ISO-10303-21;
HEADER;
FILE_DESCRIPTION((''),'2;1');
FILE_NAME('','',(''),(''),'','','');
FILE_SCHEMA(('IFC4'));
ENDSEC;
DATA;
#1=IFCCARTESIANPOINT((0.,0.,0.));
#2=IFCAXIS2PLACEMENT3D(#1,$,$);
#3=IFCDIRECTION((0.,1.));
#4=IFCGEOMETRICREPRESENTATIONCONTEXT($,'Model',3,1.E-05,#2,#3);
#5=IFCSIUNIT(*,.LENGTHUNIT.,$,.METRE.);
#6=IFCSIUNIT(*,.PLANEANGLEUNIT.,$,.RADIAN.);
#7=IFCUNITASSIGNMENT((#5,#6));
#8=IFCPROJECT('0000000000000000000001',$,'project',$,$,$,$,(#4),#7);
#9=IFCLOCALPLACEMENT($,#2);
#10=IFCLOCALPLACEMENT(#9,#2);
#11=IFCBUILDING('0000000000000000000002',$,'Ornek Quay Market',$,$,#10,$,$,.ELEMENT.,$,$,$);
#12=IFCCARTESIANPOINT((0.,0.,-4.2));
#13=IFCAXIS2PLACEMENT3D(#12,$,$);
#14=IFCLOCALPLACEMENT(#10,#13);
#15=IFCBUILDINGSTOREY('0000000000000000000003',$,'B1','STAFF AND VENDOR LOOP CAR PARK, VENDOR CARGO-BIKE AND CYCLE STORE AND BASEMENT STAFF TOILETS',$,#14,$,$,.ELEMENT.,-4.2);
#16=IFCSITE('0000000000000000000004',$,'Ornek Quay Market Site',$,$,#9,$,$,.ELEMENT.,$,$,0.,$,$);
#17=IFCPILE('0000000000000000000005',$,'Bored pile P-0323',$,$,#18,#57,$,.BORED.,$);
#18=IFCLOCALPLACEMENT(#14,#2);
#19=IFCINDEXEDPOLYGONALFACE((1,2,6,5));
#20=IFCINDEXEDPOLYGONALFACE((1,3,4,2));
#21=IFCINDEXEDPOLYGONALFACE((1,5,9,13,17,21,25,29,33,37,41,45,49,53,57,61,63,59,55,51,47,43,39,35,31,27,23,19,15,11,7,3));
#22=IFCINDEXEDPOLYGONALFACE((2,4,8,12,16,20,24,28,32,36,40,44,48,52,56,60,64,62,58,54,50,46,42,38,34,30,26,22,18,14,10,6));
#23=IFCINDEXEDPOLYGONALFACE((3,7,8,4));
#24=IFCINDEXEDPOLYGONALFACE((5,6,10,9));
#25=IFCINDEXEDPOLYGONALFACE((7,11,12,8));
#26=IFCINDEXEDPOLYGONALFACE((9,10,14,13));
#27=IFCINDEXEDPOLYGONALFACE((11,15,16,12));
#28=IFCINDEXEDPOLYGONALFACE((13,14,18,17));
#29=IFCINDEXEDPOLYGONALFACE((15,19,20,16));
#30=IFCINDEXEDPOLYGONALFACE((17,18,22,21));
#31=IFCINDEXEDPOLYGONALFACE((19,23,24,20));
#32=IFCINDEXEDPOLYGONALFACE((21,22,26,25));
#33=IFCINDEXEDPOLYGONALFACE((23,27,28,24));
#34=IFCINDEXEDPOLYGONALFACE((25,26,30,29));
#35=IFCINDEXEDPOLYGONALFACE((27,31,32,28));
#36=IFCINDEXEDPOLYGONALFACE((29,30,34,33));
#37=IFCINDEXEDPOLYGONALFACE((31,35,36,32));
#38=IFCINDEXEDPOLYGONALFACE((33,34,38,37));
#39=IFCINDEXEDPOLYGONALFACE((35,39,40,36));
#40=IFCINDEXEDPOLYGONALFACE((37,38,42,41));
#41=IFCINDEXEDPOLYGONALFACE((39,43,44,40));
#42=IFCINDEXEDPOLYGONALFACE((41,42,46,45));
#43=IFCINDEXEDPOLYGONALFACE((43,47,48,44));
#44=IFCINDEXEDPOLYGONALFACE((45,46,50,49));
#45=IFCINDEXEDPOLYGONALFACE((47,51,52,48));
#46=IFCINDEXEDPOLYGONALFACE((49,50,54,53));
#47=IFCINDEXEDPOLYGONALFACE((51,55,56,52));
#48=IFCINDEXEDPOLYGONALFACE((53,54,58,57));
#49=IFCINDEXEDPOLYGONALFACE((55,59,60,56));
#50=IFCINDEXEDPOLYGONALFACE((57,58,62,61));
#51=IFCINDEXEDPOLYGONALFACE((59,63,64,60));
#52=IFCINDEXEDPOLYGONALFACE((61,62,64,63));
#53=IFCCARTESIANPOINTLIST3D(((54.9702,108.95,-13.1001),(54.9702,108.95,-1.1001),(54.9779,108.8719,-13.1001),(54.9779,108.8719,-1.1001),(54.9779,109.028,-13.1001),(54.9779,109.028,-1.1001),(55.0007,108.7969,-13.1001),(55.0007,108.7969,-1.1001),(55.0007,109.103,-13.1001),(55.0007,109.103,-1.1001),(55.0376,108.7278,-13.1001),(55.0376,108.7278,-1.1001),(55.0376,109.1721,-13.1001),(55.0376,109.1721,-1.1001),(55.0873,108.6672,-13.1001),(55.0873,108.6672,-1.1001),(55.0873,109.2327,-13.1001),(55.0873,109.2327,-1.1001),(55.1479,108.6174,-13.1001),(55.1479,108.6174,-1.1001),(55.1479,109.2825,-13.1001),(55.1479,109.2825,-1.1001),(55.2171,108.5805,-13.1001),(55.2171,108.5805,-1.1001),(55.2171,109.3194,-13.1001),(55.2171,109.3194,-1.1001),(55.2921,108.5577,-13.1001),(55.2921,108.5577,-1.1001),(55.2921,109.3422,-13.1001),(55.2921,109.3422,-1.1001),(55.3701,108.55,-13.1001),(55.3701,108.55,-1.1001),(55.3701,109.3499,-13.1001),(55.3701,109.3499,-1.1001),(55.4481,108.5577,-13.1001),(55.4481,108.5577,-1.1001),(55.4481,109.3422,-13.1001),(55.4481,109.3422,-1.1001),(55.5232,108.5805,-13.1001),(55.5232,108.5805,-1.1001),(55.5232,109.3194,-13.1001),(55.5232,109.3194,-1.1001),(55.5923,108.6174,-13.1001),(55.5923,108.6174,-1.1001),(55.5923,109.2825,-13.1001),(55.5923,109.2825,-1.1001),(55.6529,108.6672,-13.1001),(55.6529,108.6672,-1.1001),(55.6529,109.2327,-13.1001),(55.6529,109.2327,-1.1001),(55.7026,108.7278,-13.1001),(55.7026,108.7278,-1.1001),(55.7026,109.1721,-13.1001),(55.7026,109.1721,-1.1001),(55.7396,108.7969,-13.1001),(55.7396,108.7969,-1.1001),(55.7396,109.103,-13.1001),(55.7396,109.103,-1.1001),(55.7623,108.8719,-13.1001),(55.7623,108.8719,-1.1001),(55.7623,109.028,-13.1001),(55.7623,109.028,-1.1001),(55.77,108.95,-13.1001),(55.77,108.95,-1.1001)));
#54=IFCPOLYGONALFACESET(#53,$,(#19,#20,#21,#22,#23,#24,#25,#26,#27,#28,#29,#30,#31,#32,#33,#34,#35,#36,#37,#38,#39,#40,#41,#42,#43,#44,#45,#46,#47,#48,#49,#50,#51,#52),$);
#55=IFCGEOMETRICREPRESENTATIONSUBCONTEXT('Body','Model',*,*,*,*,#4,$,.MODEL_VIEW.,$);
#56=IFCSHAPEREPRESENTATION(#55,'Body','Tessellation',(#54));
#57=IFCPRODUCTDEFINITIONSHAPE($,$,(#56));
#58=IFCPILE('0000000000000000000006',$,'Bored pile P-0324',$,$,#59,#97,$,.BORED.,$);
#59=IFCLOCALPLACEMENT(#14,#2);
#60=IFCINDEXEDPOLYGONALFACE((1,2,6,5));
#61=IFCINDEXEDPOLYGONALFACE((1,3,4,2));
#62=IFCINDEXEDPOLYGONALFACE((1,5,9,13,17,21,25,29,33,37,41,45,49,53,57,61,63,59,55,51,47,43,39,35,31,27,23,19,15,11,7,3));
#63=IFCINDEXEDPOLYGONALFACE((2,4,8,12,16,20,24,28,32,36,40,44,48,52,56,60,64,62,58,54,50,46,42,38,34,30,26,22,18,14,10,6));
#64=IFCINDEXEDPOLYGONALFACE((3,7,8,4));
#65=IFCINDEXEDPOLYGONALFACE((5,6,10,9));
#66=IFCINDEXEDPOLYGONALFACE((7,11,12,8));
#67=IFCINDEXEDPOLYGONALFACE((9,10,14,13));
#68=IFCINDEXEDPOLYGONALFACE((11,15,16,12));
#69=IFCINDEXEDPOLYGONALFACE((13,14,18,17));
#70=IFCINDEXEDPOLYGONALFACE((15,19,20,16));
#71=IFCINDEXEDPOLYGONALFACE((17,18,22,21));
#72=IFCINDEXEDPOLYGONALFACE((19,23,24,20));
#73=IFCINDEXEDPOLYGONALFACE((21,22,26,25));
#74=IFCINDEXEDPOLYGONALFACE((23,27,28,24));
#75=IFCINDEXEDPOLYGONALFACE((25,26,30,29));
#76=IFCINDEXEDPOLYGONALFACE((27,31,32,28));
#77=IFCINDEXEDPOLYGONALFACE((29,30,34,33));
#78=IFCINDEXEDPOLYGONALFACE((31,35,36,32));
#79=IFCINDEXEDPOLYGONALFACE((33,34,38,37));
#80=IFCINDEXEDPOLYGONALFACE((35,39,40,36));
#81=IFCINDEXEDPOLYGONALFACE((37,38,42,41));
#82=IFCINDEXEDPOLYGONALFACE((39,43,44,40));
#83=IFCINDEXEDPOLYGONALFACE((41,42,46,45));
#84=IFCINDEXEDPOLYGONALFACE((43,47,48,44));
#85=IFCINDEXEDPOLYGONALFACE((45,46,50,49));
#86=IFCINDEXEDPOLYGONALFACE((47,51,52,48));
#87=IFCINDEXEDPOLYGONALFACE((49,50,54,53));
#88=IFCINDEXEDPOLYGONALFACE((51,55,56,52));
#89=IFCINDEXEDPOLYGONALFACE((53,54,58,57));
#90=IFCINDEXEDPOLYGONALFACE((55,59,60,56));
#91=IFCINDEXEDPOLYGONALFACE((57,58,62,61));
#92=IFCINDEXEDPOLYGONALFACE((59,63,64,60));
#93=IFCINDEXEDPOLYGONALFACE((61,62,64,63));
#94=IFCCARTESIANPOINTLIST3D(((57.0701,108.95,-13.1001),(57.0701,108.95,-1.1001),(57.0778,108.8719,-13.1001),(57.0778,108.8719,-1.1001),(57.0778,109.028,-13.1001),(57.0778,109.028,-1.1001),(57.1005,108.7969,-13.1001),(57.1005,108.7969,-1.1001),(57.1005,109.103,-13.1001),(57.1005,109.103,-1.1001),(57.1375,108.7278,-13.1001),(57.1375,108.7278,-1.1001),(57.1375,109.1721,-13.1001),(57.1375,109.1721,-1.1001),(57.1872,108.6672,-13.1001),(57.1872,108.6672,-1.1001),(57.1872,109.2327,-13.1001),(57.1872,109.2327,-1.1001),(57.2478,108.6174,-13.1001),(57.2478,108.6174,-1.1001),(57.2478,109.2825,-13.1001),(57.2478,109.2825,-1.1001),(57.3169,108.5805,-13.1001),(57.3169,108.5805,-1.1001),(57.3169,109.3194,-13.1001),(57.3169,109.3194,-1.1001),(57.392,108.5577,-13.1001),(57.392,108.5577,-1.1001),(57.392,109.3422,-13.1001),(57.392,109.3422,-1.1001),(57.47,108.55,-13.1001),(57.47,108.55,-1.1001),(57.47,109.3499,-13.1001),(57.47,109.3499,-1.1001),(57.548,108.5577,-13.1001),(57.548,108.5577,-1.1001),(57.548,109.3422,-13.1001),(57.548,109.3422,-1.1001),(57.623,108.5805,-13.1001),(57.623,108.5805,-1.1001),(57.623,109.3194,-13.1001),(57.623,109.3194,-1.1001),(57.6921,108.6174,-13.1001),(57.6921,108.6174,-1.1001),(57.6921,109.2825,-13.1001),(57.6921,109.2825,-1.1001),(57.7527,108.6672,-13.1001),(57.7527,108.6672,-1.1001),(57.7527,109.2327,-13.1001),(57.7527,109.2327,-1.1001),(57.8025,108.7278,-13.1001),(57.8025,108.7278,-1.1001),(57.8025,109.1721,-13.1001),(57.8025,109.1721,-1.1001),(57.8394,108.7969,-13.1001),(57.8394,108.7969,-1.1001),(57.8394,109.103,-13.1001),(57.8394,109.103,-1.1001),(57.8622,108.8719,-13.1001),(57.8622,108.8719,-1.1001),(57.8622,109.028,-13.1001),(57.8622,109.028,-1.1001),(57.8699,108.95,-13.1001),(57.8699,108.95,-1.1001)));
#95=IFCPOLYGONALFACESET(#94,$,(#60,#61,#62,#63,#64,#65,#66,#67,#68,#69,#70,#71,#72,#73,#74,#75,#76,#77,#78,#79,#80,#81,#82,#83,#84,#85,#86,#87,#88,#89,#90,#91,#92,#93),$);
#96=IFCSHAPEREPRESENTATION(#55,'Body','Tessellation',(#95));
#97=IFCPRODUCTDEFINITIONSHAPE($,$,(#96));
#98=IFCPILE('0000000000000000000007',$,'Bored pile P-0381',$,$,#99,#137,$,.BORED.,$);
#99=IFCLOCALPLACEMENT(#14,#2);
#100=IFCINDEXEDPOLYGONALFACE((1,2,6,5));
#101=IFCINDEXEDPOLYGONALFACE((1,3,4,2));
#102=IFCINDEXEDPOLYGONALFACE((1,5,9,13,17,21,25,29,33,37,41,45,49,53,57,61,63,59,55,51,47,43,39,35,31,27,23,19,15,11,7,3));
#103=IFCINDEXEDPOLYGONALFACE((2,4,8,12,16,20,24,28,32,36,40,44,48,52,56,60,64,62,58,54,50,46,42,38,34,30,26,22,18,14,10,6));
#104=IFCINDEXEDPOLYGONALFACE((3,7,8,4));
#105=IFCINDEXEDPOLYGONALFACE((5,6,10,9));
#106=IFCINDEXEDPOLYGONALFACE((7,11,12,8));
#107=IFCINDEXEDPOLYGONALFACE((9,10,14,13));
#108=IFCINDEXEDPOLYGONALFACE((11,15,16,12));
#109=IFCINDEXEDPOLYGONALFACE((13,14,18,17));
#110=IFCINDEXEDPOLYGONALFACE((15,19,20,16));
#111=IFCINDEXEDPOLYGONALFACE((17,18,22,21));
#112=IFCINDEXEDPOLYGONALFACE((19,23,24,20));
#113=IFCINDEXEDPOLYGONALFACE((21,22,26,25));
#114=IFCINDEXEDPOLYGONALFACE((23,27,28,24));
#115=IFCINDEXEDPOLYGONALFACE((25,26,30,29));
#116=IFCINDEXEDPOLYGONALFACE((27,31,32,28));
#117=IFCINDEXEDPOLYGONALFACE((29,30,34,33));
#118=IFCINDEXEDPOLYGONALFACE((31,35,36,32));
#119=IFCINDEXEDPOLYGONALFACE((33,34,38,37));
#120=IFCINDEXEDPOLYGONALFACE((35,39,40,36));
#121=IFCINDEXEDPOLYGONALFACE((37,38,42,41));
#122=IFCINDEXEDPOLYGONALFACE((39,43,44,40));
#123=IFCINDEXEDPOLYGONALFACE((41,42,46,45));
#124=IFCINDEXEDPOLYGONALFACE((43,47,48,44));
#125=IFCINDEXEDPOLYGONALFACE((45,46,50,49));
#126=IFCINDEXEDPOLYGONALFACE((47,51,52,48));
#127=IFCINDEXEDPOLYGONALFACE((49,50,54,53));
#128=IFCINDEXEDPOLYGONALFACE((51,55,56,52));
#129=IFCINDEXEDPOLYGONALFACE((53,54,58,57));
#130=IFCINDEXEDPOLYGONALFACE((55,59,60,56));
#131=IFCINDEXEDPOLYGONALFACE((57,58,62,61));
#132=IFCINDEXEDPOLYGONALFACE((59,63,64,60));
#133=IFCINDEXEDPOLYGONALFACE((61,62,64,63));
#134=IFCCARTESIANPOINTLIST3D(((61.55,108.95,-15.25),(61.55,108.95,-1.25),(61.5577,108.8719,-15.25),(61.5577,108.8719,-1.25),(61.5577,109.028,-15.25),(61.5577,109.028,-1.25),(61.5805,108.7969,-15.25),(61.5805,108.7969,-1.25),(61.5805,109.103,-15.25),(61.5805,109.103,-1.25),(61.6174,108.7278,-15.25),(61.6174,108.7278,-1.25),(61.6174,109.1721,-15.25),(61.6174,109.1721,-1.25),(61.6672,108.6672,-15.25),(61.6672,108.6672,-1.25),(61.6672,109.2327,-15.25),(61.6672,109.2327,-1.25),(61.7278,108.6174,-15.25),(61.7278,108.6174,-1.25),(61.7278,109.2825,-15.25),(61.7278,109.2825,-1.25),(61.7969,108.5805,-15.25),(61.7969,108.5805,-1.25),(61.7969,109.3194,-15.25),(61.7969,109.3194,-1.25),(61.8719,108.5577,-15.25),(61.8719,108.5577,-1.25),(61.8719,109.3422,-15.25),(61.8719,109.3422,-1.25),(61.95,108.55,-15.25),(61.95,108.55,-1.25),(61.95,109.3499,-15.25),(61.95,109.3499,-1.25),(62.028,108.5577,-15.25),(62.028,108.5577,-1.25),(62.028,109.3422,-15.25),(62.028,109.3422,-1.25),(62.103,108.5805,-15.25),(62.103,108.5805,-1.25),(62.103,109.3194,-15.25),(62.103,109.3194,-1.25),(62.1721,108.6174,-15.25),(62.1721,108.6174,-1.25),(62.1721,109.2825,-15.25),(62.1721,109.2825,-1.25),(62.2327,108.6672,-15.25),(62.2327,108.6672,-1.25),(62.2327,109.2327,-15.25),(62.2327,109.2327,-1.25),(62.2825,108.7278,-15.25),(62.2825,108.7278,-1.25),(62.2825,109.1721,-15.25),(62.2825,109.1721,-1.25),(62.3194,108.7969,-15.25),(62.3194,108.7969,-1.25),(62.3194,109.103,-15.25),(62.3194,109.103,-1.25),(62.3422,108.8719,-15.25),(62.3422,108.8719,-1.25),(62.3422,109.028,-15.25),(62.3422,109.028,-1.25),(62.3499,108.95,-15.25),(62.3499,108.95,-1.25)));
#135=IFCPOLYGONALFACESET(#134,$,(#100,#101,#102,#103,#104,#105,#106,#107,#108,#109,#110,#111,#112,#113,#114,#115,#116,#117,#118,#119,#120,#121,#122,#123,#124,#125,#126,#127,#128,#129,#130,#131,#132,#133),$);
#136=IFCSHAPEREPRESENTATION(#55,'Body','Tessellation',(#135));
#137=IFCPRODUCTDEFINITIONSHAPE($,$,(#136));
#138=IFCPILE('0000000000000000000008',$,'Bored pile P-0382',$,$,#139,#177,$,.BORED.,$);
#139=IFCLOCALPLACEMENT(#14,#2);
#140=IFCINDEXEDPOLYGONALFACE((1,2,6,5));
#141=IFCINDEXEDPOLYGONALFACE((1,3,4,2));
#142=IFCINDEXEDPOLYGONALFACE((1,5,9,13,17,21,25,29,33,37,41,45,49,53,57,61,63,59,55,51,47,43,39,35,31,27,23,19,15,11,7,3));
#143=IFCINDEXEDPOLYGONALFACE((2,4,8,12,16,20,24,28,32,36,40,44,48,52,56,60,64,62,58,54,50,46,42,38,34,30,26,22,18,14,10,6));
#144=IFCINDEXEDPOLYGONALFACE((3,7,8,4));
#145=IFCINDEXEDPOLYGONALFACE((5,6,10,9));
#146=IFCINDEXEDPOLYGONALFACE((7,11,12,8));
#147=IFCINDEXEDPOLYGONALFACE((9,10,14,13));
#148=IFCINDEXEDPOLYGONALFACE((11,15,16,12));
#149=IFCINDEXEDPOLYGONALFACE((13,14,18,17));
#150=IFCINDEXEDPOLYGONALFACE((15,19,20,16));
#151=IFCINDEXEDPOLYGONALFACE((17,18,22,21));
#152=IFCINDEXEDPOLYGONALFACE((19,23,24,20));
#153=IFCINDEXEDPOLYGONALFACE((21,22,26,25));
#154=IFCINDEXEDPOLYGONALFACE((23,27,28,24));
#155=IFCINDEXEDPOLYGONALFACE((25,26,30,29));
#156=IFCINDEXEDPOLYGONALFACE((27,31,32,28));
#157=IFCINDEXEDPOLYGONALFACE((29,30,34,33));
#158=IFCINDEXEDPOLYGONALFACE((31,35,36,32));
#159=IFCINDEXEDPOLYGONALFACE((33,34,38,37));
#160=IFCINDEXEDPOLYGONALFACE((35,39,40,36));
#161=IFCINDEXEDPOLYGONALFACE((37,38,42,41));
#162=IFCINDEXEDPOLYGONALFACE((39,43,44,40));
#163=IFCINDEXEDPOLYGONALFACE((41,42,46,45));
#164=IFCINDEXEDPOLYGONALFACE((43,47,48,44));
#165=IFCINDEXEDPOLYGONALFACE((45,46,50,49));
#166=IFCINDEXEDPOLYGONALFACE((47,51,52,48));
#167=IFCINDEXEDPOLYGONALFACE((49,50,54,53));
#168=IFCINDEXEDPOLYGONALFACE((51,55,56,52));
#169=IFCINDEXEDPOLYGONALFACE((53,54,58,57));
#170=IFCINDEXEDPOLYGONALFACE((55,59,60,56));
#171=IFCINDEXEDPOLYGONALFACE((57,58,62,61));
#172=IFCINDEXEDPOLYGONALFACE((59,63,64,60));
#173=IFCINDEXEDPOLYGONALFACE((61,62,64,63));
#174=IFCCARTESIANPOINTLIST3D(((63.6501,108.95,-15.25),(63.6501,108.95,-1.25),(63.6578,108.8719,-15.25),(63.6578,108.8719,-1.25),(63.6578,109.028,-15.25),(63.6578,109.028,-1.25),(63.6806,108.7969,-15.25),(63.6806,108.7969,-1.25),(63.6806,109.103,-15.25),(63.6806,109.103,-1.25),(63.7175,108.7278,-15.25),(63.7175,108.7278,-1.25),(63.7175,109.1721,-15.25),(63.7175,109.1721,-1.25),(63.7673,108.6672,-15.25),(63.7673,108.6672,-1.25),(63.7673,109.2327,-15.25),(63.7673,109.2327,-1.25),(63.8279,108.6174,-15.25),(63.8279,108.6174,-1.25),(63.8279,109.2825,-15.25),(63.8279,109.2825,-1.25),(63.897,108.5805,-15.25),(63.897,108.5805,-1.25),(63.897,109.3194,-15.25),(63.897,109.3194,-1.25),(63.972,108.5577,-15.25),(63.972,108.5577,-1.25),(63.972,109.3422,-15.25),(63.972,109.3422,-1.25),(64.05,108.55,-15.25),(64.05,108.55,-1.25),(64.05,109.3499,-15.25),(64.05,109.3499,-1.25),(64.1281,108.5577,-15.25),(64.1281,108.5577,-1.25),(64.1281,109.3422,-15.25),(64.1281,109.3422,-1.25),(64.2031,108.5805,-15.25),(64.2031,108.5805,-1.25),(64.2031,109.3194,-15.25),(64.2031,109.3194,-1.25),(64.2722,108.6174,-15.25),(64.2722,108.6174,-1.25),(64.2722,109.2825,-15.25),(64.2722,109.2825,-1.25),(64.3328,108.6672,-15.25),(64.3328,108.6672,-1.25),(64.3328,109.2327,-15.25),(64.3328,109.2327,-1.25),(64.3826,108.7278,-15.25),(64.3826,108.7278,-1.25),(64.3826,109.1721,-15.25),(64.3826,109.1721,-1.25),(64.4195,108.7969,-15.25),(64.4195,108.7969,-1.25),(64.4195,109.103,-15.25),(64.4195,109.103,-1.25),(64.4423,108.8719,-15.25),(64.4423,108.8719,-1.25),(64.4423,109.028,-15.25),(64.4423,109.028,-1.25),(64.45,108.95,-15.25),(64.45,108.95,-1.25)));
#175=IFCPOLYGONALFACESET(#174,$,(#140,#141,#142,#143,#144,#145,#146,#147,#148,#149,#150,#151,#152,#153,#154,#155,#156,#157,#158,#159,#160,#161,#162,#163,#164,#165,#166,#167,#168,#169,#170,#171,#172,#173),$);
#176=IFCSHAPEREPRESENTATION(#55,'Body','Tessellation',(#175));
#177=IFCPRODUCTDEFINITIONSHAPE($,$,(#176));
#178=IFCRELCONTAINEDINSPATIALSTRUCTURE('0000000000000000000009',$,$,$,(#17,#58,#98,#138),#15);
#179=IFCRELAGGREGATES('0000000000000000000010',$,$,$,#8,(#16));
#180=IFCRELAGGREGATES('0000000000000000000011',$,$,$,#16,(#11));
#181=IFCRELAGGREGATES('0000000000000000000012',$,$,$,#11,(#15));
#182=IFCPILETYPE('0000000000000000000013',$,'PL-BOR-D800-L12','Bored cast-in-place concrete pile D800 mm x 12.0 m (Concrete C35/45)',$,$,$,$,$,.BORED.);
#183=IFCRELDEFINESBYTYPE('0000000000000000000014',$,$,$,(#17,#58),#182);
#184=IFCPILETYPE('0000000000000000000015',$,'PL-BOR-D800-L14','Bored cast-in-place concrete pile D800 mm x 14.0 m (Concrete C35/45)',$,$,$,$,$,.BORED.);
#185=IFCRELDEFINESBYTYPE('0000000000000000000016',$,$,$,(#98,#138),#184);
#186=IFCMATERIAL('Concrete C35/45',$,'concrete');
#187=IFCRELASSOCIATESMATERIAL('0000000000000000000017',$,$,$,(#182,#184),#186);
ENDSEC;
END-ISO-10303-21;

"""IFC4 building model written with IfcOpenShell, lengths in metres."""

from ifc_helpers import new_model, si_unit, direction, frame, origin, origin_2d, place, context, subcontext, project, spatial, circle, extrude, material, material_profile, profile_set, type_object, element, save


model = new_model("IFC4")

# Units and contexts
model_context = context("Model", 3, precision=1e-05, world=origin(), true_north=direction((0.0, 1.0)))
body_context = subcontext(model_context, "Body", "Model", "MODEL_VIEW")
ifc_project = project(units=[si_unit("LENGTHUNIT", "METRE"), si_unit("PLANEANGLEUNIT", "RADIAN")], contexts=[model_context])

# Site, building, storey
site_placement = place(None, origin())
site = spatial("IfcSite", under=ifc_project, at=site_placement, Name="Ornek Quay Market Site", CompositionType="ELEMENT", RefElevation=0.0)
building_placement = place(site_placement, origin())
building = spatial("IfcBuilding", under=site, at=building_placement, Name="Ornek Quay Market", CompositionType="ELEMENT")
storey_placement = place(building_placement, frame((0.0, 0.0, -4.2)))
storey = spatial("IfcBuildingStorey", under=building, at=storey_placement, Name="B1", Description="STAFF AND VENDOR LOOP CAR PARK, VENDOR CARGO-BIKE AND CYCLE STORE AND BASEMENT STAFF TOILETS", CompositionType="ELEMENT", Elevation=-4.2)

# Piles
ifc_material_1 = material(Name="Concrete C35/45", Category="concrete")
ifc_material_profile_1 = material_profile(ifc_material_1, circle(Radius=0.3999, at=origin_2d()), Name="PILE D800", Category="concrete")
ifc_profile_set_1 = profile_set([ifc_material_profile_1], Name="Concrete C35/45")
pile_type_1 = type_object("IfcPileType", Name="PL-BOR-D800-L12", Description="Bored cast-in-place concrete pile D800 mm x 12.0 m (Concrete C35/45)", PredefinedType="BORED", material=ifc_profile_set_1)
for number, where, z_axis, x_axis, name in (
    (1, (55.3701, 108.95, -1.1001), (0.0, 0.0, -1.0), (1.0, 0.0, 0.0), "Bored pile P-0323"),
    (2, (57.47, 108.95, -1.1001), (0.0, 0.0, -1.0), (1.0, 0.0, 0.0), "Bored pile P-0324"),
):
    element("IfcPile", number, at=place(storey_placement, frame(where, z_axis=z_axis, x_axis=x_axis)), inside=storey, type_object=pile_type_1, Name=name, PredefinedType="BORED", context=body_context, shape_type="SweptSolid", body=[
        extrude(circle(Radius=0.3999, at=origin_2d()), origin(), (0.0, 0.0, 1.0), 12.0),
    ])
ifc_material_profile_2 = material_profile(ifc_material_1, circle(Radius=0.3999, at=origin_2d()), Name="PILE D800", Category="concrete")
ifc_profile_set_2 = profile_set([ifc_material_profile_2], Name="Concrete C35/45")
pile_type_2 = type_object("IfcPileType", Name="PL-BOR-D800-L14", Description="Bored cast-in-place concrete pile D800 mm x 14.0 m (Concrete C35/45)", PredefinedType="BORED", material=ifc_profile_set_2)
for number, where, z_axis, x_axis, name in (
    (3, (61.95, 108.95, -1.25), (0.0, 0.0, -1.0), (1.0, 0.0, 0.0), "Bored pile P-0381"),
    (4, (64.05, 108.95, -1.25), (0.0, 0.0, -1.0), (1.0, 0.0, 0.0), "Bored pile P-0382"),
):
    element("IfcPile", number, at=place(storey_placement, frame(where, z_axis=z_axis, x_axis=x_axis)), inside=storey, type_object=pile_type_2, Name=name, PredefinedType="BORED", context=body_context, shape_type="SweptSolid", body=[
        extrude(circle(Radius=0.3999, at=origin_2d()), origin(), (0.0, 0.0, 1.0), 14.0),
    ])

save(model, "model.ifc")
